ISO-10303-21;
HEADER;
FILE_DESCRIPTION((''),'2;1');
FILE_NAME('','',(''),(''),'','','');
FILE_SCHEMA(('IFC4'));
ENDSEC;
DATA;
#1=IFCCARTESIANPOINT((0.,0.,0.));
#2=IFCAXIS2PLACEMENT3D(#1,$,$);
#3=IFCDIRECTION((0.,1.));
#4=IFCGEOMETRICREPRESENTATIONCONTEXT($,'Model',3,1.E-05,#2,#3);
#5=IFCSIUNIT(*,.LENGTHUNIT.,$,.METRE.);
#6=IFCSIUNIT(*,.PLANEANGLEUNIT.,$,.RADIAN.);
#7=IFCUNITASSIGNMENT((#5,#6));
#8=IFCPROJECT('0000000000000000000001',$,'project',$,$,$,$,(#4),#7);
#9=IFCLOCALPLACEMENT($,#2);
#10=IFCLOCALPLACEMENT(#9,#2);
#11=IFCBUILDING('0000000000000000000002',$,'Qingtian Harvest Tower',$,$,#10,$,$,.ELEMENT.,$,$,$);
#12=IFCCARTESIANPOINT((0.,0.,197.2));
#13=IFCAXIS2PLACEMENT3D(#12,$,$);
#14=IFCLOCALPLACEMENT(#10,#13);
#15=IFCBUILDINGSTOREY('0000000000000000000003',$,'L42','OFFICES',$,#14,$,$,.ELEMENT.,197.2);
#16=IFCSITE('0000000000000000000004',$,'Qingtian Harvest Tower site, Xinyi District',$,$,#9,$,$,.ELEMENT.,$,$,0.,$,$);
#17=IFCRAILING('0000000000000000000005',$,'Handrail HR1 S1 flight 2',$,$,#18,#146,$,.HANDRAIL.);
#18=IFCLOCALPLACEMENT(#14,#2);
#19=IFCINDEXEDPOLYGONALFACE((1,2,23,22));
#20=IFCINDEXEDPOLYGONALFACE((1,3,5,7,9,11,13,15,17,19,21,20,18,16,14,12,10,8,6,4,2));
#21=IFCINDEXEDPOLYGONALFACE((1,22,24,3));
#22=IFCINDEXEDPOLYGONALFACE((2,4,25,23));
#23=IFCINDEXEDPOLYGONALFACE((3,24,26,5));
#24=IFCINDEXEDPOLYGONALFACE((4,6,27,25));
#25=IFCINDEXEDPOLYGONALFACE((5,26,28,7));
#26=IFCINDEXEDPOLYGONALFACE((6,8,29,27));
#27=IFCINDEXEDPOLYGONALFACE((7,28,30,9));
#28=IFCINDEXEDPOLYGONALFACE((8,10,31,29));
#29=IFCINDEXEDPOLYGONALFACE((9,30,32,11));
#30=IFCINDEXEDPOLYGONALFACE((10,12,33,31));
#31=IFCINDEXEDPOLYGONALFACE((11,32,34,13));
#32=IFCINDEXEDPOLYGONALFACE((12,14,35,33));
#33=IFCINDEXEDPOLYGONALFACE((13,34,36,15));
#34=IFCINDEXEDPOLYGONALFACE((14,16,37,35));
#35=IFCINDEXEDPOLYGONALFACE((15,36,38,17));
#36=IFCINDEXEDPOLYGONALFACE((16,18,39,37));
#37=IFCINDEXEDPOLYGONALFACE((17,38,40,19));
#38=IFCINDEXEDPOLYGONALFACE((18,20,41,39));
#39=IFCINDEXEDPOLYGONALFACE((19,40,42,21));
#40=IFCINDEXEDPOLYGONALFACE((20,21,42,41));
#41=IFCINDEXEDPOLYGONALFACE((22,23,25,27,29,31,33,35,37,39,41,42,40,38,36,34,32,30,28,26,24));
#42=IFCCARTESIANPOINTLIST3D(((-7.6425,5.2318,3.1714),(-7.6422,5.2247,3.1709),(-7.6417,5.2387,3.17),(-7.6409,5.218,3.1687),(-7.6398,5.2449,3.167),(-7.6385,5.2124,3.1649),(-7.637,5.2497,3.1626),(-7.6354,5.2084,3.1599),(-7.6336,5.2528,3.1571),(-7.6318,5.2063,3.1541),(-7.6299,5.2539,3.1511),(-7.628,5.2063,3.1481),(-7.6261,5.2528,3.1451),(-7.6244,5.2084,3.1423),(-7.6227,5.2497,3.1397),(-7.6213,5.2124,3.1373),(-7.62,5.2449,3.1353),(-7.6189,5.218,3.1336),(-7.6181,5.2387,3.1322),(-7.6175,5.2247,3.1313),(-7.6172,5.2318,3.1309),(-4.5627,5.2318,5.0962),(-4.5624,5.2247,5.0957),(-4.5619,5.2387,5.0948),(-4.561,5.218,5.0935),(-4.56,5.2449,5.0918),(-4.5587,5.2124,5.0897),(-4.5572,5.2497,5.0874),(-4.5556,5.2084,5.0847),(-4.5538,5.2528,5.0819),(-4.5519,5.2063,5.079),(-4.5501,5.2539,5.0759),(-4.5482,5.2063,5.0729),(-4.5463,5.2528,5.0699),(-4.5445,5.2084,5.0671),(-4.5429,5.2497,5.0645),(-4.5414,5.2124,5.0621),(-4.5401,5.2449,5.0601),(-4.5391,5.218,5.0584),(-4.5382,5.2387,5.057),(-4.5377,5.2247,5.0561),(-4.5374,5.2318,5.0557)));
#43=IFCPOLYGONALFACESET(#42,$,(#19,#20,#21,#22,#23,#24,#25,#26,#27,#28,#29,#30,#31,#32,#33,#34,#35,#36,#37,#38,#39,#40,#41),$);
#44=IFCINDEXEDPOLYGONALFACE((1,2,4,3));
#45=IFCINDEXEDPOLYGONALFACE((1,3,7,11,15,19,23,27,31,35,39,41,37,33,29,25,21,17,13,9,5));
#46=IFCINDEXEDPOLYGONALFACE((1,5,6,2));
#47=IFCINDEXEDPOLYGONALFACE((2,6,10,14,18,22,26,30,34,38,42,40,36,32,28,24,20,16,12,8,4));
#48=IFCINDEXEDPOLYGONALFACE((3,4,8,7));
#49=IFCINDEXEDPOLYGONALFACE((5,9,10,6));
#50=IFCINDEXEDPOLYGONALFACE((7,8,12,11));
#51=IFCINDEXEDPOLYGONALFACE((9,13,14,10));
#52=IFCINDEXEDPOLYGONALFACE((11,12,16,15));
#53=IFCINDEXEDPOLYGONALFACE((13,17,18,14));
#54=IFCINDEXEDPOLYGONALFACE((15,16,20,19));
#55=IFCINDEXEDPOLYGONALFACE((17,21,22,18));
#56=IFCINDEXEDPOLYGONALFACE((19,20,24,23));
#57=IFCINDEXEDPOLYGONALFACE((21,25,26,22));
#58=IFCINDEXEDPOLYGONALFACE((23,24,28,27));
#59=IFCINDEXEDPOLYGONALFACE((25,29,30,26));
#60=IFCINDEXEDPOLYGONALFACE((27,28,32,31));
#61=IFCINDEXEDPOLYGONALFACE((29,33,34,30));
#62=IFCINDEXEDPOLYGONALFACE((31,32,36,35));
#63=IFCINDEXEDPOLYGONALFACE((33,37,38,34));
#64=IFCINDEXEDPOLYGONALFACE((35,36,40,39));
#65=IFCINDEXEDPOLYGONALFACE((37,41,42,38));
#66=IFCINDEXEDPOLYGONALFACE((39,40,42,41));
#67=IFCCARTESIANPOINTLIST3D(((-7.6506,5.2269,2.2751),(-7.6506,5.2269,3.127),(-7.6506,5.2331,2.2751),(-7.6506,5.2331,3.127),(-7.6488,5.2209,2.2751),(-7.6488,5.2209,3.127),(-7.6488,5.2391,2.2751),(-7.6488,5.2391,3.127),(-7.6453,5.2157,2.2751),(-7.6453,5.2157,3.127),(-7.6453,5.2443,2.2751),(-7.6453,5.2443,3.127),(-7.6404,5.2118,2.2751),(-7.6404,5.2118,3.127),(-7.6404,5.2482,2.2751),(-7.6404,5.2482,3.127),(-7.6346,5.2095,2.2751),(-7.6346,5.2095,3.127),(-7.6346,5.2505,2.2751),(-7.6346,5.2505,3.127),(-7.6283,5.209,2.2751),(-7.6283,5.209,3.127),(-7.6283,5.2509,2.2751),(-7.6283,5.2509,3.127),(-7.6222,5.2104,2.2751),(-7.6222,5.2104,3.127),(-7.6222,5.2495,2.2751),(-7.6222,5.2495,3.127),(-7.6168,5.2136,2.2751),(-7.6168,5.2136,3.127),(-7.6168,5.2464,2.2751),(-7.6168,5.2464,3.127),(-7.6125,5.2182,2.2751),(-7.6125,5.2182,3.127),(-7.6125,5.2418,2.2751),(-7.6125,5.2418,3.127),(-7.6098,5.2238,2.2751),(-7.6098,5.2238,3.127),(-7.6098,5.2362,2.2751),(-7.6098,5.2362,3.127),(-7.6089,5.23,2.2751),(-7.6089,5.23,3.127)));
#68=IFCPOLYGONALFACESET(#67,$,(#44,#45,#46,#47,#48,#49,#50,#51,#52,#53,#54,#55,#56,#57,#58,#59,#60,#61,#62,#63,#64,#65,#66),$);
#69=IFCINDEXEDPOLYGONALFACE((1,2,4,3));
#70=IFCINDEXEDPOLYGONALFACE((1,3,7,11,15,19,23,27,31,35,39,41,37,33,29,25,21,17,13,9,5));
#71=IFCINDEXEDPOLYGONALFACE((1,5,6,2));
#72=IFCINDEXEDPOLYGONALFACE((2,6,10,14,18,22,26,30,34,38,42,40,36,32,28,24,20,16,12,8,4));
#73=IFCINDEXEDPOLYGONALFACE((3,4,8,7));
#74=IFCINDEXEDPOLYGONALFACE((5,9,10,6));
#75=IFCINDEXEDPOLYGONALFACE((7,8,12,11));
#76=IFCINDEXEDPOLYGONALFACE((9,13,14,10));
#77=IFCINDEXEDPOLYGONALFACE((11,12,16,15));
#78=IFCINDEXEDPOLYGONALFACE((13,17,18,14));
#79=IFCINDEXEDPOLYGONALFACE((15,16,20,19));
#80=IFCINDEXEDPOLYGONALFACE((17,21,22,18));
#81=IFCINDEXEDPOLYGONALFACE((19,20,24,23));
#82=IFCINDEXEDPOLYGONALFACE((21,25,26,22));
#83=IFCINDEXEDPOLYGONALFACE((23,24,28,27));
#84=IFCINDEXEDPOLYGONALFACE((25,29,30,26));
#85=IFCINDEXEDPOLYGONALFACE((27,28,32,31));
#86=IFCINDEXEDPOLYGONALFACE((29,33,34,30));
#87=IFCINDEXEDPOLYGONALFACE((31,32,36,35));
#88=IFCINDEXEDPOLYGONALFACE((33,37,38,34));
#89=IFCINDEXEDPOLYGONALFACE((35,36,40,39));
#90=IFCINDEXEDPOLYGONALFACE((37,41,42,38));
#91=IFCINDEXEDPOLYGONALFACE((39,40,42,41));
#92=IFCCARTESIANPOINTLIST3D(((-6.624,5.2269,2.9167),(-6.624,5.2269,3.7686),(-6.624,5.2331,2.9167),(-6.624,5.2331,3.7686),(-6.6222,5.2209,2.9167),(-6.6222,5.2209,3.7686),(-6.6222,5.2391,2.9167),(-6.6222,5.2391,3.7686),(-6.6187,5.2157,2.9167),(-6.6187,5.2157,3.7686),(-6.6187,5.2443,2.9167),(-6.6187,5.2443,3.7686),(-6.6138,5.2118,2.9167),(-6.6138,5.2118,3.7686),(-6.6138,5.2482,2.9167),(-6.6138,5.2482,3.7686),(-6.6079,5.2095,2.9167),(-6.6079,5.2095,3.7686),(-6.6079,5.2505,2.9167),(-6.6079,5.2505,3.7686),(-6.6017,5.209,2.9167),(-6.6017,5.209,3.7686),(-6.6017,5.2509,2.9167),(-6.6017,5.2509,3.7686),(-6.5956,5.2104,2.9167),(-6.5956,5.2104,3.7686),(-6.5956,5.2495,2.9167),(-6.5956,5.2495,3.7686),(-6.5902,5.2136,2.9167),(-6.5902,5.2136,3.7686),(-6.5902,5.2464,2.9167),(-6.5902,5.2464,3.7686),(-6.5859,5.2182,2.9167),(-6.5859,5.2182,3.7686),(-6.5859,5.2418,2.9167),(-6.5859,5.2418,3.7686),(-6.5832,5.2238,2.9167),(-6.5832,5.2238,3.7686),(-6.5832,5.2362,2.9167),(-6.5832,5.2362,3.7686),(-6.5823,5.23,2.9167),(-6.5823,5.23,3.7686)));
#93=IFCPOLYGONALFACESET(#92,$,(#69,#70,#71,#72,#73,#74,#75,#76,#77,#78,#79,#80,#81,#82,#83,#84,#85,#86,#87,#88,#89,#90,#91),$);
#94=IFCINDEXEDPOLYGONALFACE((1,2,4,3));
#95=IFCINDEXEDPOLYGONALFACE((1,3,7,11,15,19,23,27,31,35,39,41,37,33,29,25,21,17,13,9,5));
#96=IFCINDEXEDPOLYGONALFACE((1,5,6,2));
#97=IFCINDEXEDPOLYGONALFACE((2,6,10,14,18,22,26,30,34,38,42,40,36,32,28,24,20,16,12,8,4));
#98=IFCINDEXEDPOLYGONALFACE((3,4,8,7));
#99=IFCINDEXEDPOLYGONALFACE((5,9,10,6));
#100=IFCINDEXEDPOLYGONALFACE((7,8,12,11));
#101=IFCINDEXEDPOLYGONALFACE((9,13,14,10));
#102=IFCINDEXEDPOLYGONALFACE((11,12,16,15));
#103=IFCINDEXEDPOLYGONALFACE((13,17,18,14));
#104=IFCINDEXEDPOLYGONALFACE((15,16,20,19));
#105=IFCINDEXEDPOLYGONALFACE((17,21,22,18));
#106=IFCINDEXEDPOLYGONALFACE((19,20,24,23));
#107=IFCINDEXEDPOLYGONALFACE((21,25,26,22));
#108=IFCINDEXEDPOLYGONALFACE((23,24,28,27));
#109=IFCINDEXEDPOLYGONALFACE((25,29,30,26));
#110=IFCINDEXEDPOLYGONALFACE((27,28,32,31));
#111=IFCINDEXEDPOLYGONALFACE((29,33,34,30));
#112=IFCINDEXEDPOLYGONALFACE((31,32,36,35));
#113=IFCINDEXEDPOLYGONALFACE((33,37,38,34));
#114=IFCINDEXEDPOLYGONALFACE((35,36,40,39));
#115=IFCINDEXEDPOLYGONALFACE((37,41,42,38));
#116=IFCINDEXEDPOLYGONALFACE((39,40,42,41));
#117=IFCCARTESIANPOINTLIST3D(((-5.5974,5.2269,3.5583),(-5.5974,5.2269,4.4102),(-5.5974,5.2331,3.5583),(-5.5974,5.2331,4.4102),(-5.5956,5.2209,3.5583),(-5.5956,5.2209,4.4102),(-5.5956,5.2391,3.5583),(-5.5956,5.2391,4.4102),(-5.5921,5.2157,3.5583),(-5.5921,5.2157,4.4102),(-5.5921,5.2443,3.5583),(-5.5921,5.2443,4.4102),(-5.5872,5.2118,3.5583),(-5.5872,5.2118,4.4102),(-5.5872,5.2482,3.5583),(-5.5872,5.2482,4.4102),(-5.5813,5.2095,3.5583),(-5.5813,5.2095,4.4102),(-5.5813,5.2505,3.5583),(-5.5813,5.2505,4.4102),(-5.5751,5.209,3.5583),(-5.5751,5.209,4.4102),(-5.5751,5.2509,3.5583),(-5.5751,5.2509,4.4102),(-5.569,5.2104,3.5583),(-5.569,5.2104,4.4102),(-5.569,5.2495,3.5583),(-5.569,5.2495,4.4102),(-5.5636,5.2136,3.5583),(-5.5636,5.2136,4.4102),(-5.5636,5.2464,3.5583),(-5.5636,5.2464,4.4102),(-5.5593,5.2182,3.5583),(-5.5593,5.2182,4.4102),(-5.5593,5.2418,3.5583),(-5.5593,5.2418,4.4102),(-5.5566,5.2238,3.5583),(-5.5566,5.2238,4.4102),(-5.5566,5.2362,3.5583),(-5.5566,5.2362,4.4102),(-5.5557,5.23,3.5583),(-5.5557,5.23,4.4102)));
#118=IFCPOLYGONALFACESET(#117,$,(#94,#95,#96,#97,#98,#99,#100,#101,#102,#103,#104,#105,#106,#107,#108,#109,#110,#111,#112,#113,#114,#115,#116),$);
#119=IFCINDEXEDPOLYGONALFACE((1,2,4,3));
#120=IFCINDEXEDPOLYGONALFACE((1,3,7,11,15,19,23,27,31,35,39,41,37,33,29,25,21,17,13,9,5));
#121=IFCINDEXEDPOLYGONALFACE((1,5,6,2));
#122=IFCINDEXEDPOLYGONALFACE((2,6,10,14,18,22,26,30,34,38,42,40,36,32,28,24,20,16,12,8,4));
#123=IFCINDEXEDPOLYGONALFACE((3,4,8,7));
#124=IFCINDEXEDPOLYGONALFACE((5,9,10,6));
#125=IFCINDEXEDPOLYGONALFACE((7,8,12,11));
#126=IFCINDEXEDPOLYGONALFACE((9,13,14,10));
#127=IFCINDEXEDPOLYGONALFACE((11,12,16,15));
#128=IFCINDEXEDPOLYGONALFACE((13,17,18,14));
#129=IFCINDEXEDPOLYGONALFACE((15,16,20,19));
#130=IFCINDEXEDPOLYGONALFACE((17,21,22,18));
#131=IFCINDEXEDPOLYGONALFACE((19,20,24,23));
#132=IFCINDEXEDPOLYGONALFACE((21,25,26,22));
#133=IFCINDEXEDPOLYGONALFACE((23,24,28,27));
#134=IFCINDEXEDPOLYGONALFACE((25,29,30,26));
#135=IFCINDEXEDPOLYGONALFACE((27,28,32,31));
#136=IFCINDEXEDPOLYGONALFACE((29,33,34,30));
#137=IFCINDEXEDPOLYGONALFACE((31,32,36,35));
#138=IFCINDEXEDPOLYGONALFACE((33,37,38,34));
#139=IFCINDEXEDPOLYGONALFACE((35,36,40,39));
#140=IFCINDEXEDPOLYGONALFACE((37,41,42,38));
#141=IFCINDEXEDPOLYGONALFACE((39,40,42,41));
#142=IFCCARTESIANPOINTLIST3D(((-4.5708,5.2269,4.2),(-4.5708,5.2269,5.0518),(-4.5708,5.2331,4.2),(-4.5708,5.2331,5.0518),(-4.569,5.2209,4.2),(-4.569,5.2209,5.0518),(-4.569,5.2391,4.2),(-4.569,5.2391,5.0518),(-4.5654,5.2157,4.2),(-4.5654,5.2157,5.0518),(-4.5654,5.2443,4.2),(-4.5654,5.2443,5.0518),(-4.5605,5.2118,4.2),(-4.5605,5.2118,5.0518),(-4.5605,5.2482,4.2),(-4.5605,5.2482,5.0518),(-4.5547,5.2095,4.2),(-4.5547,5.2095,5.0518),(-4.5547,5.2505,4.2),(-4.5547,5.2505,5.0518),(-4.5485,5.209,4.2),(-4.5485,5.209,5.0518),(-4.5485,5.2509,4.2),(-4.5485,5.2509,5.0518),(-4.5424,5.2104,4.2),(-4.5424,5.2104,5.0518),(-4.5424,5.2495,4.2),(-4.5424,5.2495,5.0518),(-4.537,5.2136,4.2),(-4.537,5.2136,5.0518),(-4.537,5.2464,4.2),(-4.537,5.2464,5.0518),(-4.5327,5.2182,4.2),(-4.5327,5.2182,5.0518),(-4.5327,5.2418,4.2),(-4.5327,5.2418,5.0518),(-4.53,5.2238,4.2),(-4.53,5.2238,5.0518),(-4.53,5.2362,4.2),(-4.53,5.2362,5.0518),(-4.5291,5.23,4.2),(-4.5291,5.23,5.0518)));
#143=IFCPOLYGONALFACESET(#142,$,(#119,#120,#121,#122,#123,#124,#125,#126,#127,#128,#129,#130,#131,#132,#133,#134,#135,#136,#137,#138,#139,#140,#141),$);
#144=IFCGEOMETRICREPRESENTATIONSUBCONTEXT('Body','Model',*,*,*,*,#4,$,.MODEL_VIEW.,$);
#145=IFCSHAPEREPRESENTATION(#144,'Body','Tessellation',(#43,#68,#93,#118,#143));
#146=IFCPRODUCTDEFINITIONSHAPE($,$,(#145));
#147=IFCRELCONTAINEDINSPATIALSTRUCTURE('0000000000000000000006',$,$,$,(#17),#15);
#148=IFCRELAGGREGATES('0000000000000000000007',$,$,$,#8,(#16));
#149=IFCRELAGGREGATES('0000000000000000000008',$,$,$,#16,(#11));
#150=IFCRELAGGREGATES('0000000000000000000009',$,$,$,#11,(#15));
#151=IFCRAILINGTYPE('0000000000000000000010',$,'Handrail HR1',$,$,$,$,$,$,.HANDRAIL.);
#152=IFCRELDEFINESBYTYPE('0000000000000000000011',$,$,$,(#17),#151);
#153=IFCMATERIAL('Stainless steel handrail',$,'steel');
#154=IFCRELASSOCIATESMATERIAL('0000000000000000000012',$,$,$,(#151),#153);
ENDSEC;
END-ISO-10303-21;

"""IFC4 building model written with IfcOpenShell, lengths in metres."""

from ifc_helpers import new_model, si_unit, direction, frame, origin, origin_2d, place, context, subcontext, project, spatial, circle, extrude, material, type_object, element, save


model = new_model("IFC4")

# Units and contexts
model_context = context("Model", 3, precision=1e-05, world=origin(), true_north=direction((0.0, 1.0)))
body_context = subcontext(model_context, "Body", "Model", "MODEL_VIEW")
ifc_project = project(units=[si_unit("LENGTHUNIT", "METRE"), si_unit("PLANEANGLEUNIT", "RADIAN")], contexts=[model_context])

# Site, building, storey
site_placement = place(None, origin())
site = spatial("IfcSite", under=ifc_project, at=site_placement, Name="Qingtian Harvest Tower site, Xinyi District", CompositionType="ELEMENT", RefElevation=0.0)
building_placement = place(site_placement, origin())
building = spatial("IfcBuilding", under=site, at=building_placement, Name="Qingtian Harvest Tower", CompositionType="ELEMENT")
storey_placement = place(building_placement, frame((0.0, 0.0, 197.2)))
storey = spatial("IfcBuildingStorey", under=building, at=storey_placement, Name="L42", Description="OFFICES", CompositionType="ELEMENT", Elevation=197.2)

# Railing
ifc_material_1 = material(Name="Stainless steel handrail", Category="steel")
railing_type = type_object("IfcRailingType", Name="Handrail HR1", PredefinedType="HANDRAIL", material=ifc_material_1)
railing_placement = place(storey_placement, frame((-7.6299, 5.23, 2.2751)))
element("IfcRailing", 1, at=railing_placement, inside=storey, type_object=railing_type, Name="Handrail HR1 S1 flight 2", PredefinedType="HANDRAIL", context=body_context, shape_type="SweptSolid", body=[
    extrude(circle(Radius=0.0239, at=origin_2d()), frame((0.0, 0.0, 0.876), z_axis=(0.84801, 0.0, 0.529981), x_axis=(0.0, 1.0, 0.0)), (0.0, 0.0, 1.0), 3.6318),
    extrude(circle(Radius=0.021, at=origin_2d()), origin(), (0.0, 0.0, 1.0), 0.8518),
    extrude(circle(Radius=0.021, at=origin_2d()), frame((1.0266, 0.0, 0.6416)), (0.0, 0.0, 1.0), 0.8518),
    extrude(circle(Radius=0.021, at=origin_2d()), frame((2.0532, 0.0, 1.2832)), (0.0, 0.0, 1.0), 0.8518),
    extrude(circle(Radius=0.021, at=origin_2d()), frame((3.0798, 0.0, 1.9248)), (0.0, 0.0, 1.0), 0.8518),
])

save(model, "model.ifc")
